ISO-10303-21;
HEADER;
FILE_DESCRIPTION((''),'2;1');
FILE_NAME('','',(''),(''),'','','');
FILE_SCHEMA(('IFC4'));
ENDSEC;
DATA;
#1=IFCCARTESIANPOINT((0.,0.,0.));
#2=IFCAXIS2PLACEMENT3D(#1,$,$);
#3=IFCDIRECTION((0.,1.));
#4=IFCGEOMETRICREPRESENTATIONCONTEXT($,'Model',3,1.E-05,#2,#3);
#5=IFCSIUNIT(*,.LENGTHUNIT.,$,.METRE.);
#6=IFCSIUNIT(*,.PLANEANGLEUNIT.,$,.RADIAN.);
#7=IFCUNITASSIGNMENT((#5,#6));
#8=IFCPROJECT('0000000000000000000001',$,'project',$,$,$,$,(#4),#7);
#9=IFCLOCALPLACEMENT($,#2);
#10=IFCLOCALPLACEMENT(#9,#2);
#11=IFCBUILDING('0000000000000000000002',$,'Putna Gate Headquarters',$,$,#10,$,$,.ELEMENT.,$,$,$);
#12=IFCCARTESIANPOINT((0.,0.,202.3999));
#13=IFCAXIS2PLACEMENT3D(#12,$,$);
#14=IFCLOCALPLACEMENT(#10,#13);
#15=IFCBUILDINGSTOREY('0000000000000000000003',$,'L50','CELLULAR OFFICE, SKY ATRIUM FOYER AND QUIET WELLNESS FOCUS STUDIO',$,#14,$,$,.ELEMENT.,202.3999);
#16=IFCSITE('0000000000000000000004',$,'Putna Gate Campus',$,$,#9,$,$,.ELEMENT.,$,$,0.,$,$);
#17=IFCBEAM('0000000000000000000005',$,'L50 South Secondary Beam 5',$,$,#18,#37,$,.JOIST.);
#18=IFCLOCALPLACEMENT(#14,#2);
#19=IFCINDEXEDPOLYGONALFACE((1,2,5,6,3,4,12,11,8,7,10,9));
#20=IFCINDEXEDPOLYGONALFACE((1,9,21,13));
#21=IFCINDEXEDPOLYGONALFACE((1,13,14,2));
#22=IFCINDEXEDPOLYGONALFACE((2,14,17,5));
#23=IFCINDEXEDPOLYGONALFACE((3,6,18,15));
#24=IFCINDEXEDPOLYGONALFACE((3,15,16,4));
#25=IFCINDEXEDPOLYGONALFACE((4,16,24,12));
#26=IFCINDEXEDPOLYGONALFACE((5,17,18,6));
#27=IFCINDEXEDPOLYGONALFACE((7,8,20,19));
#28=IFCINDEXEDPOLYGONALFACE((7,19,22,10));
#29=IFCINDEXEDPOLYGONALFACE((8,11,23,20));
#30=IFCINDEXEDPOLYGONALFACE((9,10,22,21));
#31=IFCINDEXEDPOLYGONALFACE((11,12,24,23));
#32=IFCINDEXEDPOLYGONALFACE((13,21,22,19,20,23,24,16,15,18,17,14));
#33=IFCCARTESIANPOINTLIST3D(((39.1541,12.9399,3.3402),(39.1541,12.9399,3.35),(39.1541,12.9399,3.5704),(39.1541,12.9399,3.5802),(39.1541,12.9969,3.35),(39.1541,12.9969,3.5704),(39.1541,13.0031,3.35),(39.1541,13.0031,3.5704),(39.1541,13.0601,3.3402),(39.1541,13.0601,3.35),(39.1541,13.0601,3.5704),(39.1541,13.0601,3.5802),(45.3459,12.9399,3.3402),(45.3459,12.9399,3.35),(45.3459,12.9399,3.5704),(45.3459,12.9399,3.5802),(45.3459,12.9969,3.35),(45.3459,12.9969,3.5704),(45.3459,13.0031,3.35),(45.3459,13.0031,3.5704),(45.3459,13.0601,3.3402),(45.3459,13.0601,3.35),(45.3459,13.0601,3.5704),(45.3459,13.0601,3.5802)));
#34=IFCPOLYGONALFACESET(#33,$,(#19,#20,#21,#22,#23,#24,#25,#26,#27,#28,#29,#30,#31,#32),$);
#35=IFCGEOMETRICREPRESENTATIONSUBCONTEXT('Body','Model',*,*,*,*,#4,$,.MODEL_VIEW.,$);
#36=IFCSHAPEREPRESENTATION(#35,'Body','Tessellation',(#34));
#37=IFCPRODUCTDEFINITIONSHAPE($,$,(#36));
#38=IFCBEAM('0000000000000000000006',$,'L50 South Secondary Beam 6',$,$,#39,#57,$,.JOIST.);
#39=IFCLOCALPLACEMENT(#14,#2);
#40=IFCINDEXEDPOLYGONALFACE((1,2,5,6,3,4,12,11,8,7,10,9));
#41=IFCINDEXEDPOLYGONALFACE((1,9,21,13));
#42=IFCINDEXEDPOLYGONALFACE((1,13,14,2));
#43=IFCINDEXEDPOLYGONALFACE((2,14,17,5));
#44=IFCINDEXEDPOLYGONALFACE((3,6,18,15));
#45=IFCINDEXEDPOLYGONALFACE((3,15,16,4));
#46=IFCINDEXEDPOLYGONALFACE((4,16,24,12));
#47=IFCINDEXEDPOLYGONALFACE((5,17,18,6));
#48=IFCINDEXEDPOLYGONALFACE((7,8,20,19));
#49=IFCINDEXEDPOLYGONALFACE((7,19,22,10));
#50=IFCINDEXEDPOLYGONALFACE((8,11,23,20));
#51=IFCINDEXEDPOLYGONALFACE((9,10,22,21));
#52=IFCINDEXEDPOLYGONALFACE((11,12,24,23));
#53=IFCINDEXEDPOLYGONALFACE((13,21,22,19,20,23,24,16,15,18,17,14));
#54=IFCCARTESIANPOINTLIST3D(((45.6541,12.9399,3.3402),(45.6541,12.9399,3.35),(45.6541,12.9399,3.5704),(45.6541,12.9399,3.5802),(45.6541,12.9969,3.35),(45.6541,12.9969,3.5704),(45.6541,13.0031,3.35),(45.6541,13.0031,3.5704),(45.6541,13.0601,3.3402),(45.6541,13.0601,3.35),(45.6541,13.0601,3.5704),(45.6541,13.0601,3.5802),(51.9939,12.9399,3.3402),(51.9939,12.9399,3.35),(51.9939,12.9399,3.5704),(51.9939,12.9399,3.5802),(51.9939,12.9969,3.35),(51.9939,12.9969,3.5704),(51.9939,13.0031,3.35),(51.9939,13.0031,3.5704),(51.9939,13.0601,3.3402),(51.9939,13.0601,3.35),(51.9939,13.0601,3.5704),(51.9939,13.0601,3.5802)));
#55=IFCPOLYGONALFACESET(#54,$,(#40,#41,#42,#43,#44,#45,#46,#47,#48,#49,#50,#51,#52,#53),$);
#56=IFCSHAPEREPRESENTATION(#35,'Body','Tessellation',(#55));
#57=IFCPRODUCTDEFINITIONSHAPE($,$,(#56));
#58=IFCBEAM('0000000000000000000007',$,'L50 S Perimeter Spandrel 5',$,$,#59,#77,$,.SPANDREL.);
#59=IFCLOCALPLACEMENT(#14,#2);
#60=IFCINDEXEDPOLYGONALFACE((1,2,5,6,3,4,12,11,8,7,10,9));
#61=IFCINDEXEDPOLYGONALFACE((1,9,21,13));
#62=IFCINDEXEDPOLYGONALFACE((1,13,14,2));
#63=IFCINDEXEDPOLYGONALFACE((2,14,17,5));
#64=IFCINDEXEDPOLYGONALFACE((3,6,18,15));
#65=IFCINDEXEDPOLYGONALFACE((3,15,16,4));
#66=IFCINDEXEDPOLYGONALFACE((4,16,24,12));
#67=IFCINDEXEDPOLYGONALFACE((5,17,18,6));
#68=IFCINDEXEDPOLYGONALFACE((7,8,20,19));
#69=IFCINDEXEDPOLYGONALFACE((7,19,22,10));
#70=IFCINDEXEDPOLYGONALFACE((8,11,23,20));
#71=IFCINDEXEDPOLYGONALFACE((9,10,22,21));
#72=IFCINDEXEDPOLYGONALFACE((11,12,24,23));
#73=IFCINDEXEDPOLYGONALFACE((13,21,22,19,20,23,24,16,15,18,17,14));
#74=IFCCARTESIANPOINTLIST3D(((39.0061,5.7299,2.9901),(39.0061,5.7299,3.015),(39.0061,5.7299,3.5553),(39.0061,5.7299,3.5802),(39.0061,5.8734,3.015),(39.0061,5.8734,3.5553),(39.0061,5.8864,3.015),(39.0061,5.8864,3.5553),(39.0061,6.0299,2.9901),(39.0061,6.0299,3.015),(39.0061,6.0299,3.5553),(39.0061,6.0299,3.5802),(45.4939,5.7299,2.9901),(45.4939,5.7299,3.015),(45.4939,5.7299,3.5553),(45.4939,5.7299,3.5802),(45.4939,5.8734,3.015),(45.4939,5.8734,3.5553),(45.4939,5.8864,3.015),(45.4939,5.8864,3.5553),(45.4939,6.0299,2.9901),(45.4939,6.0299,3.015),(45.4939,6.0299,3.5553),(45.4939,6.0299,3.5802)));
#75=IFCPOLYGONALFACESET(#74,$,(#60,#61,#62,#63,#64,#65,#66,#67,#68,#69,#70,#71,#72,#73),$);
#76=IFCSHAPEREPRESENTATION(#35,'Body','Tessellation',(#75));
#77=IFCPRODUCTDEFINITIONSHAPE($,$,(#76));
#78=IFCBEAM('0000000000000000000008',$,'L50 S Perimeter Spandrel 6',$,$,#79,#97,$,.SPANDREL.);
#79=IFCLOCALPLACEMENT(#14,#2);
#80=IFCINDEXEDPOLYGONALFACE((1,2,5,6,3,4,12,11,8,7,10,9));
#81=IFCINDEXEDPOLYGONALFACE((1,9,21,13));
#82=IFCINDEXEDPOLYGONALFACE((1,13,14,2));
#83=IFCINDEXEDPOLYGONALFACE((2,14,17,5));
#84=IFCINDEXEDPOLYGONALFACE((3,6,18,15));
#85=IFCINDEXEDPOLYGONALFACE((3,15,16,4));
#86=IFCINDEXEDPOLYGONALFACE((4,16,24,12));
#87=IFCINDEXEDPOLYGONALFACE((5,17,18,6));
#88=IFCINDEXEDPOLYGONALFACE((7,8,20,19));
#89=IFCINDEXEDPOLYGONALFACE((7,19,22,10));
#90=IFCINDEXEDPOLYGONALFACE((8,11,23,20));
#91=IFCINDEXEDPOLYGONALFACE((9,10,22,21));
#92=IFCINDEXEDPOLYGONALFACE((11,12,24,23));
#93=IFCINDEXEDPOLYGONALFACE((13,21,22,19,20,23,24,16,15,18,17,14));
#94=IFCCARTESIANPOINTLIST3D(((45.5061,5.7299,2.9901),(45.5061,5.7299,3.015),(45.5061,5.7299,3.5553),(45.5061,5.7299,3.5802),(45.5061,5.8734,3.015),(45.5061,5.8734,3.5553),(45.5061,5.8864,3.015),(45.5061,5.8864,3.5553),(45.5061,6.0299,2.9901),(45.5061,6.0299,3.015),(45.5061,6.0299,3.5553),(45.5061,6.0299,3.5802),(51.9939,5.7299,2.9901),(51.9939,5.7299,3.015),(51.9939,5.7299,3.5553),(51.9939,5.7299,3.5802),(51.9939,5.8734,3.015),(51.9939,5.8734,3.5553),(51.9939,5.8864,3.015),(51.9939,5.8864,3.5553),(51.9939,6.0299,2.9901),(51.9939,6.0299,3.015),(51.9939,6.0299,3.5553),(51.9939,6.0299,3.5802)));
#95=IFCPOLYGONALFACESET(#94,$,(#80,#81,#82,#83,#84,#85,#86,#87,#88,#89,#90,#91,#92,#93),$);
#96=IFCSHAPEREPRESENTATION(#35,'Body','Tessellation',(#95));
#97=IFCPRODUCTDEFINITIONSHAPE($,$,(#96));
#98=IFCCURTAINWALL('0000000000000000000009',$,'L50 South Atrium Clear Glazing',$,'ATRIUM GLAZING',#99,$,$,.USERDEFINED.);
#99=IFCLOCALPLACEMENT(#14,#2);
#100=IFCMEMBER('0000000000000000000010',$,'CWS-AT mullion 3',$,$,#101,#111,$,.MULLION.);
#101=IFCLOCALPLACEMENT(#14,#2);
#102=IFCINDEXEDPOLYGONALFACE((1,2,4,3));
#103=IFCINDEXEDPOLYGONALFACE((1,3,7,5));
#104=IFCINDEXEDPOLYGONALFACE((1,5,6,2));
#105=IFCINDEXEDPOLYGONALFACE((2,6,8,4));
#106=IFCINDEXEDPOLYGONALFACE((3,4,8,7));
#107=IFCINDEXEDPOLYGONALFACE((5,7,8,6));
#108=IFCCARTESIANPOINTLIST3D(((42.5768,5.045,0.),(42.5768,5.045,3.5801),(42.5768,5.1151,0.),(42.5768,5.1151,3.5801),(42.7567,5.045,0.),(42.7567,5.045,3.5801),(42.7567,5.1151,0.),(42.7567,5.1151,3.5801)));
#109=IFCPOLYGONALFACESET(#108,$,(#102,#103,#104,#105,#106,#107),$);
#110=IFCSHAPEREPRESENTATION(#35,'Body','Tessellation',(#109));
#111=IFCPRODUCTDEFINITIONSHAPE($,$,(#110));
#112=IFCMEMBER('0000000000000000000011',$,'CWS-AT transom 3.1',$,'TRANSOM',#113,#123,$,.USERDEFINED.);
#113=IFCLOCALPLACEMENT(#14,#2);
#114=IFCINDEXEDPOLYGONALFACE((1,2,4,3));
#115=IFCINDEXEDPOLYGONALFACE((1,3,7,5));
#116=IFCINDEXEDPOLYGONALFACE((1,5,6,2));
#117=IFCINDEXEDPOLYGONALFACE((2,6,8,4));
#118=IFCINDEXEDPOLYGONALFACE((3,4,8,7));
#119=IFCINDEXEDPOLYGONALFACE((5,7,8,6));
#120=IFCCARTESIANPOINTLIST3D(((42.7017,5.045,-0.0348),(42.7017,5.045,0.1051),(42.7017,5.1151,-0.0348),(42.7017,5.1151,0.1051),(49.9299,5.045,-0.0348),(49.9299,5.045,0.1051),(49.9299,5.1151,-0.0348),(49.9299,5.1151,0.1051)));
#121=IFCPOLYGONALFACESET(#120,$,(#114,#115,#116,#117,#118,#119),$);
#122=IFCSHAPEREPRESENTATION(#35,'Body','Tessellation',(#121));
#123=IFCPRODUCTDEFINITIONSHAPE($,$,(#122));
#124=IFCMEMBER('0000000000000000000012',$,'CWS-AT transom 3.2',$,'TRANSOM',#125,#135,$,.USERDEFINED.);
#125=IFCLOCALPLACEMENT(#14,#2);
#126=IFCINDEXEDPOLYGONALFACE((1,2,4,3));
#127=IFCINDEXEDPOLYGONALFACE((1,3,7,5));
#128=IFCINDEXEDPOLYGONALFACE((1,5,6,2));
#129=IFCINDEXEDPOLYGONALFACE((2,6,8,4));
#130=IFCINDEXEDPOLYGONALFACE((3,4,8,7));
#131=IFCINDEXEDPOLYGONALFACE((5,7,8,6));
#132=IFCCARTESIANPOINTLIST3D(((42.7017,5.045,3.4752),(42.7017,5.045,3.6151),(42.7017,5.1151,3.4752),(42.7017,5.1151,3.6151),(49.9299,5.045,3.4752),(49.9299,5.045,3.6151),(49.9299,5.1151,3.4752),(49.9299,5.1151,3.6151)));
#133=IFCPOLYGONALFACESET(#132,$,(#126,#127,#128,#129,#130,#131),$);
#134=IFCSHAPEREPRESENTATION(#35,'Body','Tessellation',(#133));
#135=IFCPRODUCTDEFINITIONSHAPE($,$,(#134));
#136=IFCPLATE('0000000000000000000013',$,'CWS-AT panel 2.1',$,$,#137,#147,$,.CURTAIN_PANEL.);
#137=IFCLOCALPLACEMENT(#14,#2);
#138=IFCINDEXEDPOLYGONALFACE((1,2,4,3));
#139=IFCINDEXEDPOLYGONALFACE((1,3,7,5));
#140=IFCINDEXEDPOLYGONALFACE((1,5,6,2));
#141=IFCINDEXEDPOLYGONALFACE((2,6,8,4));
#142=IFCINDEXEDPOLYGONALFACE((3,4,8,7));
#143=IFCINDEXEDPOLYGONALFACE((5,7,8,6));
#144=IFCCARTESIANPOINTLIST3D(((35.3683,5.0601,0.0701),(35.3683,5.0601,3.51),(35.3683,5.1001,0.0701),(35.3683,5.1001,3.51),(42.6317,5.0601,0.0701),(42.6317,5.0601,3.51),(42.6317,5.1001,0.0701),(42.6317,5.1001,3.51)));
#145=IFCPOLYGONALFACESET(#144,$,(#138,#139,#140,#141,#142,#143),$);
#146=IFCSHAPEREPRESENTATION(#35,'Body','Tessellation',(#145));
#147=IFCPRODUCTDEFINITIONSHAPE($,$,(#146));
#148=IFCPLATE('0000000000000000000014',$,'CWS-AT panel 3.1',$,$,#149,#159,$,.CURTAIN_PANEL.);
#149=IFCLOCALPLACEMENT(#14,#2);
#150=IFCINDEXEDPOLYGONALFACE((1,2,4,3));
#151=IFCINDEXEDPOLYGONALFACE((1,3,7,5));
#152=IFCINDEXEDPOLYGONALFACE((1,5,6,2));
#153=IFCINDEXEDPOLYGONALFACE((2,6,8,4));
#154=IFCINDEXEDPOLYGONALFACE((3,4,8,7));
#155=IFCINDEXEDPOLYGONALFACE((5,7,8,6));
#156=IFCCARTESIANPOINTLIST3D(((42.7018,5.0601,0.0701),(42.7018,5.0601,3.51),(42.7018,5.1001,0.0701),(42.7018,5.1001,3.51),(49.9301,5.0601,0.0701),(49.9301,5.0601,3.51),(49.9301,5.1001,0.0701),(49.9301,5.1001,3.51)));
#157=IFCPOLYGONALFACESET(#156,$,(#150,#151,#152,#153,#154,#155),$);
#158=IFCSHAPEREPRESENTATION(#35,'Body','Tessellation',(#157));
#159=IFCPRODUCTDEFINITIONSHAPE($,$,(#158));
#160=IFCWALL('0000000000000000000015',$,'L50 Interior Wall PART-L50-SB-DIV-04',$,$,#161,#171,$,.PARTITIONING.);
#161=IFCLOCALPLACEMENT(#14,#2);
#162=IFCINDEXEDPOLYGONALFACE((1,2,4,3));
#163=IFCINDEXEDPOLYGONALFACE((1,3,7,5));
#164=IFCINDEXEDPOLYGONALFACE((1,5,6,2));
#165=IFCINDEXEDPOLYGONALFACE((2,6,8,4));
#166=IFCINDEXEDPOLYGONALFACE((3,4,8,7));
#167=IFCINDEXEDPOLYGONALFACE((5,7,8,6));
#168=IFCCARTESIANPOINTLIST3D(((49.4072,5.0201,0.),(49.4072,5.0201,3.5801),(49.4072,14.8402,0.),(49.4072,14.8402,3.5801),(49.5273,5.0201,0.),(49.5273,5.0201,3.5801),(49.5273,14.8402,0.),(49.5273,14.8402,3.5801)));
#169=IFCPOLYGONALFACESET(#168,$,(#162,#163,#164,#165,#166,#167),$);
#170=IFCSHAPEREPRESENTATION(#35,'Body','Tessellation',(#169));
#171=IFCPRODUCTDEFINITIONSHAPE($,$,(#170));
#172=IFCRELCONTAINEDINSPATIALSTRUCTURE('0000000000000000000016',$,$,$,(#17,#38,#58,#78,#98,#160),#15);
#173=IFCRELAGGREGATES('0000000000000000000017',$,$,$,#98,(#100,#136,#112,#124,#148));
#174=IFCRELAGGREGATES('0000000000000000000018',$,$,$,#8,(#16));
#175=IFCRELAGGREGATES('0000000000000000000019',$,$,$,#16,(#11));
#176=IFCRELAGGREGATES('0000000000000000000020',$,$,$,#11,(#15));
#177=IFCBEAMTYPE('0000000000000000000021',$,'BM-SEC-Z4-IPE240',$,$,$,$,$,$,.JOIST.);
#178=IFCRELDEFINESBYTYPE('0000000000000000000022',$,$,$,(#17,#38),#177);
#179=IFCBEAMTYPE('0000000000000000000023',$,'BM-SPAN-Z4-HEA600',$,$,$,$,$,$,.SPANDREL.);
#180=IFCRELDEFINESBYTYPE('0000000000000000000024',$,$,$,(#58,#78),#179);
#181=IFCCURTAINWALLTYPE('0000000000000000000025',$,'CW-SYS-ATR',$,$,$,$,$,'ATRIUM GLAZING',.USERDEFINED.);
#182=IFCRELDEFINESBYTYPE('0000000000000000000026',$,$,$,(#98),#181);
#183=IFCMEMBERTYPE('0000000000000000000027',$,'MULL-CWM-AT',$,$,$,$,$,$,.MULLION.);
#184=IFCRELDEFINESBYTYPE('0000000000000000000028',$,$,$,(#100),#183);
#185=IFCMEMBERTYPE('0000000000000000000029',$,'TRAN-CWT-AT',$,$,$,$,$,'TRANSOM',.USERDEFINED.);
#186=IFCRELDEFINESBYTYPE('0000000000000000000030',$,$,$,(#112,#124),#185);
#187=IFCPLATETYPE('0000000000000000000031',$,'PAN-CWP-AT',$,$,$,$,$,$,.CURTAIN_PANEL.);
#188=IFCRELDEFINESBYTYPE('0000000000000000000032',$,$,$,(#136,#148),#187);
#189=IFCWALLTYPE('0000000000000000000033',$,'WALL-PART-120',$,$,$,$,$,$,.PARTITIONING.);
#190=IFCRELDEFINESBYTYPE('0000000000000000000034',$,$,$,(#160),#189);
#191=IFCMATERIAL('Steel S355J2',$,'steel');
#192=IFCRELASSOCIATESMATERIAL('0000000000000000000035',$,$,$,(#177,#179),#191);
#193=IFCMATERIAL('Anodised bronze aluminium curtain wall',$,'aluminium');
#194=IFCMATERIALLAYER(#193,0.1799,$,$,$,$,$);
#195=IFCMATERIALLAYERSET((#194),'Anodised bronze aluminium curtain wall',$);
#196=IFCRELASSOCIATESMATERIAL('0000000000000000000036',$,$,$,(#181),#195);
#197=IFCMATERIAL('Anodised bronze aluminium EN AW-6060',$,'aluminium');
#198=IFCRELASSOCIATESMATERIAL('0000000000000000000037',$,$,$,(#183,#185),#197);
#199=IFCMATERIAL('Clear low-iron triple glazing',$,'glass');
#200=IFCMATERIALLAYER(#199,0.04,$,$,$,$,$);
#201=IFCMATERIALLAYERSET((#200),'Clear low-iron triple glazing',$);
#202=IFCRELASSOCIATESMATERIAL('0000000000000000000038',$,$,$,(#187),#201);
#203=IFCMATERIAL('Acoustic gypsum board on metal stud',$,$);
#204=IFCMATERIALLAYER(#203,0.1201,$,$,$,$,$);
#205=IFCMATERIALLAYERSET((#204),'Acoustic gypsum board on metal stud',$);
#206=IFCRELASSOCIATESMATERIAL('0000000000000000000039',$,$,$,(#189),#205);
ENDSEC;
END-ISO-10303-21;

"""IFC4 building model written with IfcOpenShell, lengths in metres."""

from ifc_helpers import new_model, si_unit, direction, frame, frame_2d, origin, origin_2d, place, context, subcontext, project, spatial, rectangle, i_section, extrude, material, layer, layer_set, material_profile, profile_set, type_object, element, aggregate, save


model = new_model("IFC4")

# Units and contexts
model_context = context("Model", 3, precision=1e-05, world=origin(), true_north=direction((0.0, 1.0)))
body_context = subcontext(model_context, "Body", "Model", "MODEL_VIEW")
ifc_project = project(units=[si_unit("LENGTHUNIT", "METRE"), si_unit("PLANEANGLEUNIT", "RADIAN")], contexts=[model_context])

# Site, building, storey
site_placement = place(None, origin())
site = spatial("IfcSite", under=ifc_project, at=site_placement, Name="Putna Gate Campus", CompositionType="ELEMENT", RefElevation=0.0)
building_placement = place(site_placement, origin())
building = spatial("IfcBuilding", under=site, at=building_placement, Name="Putna Gate Headquarters", CompositionType="ELEMENT")
storey_placement = place(building_placement, frame((0.0, 0.0, 202.3999)))
storey = spatial("IfcBuildingStorey", under=building, at=storey_placement, Name="L50", Description="CELLULAR OFFICE, SKY ATRIUM FOYER AND QUIET WELLNESS FOCUS STUDIO", CompositionType="ELEMENT", Elevation=202.3999)

# Beams
ifc_material_1 = material(Name="Steel S355J2", Category="steel")
ifc_material_profile_1 = material_profile(ifc_material_1, i_section(OverallWidth=0.1201, OverallDepth=0.24, WebThickness=0.0061, FlangeThickness=0.0098, at=origin_2d()), Name="Steel S355J2")
ifc_profile_set_1 = profile_set([ifc_material_profile_1], Name="Steel S355J2")
beam_type_1 = type_object("IfcBeamType", Name="BM-SEC-Z4-IPE240", PredefinedType="JOIST", material=ifc_profile_set_1)
beam_1_placement = place(storey_placement, frame((39.1541, 13.0, 3.4602), z_axis=(1.0, 0.0, 0.0), x_axis=(0.0, 1.0, 0.0)))
element("IfcBeam", 1, at=beam_1_placement, inside=storey, type_object=beam_type_1, Name="L50 South Secondary Beam 5", PredefinedType="JOIST", context=body_context, shape_type="SweptSolid", body=[
    extrude(i_section(OverallWidth=0.1201, OverallDepth=0.24, WebThickness=0.0061, FlangeThickness=0.0098, at=origin_2d()), origin(), (0.0, 0.0, 1.0), 6.1919),
])
beam_2_placement = place(storey_placement, frame((45.6541, 13.0, 3.4602), z_axis=(1.0, 0.0, 0.0), x_axis=(0.0, 1.0, 0.0)))
element("IfcBeam", 2, at=beam_2_placement, inside=storey, type_object=beam_type_1, Name="L50 South Secondary Beam 6", PredefinedType="JOIST", context=body_context, shape_type="SweptSolid", body=[
    extrude(i_section(OverallWidth=0.1201, OverallDepth=0.24, WebThickness=0.0061, FlangeThickness=0.0098, at=origin_2d()), origin(), (0.0, 0.0, 1.0), 6.3398),
])
ifc_material_profile_2 = material_profile(ifc_material_1, i_section(OverallWidth=0.3, OverallDepth=0.5901, WebThickness=0.0129, FlangeThickness=0.0249, at=origin_2d()), Name="Steel S355J2")
ifc_profile_set_2 = profile_set([ifc_material_profile_2], Name="Steel S355J2")
beam_type_2 = type_object("IfcBeamType", Name="BM-SPAN-Z4-HEA600", PredefinedType="SPANDREL", material=ifc_profile_set_2)
for number, where, z_axis, x_axis, name in (
    (3, (39.0061, 5.8799, 3.2852), (1.0, 0.0, 0.0), (0.0, 1.0, 0.0), "L50 S Perimeter Spandrel 5"),
    (4, (45.5061, 5.8799, 3.2852), (1.0, 0.0, 0.0), (0.0, 1.0, 0.0), "L50 S Perimeter Spandrel 6"),
):
    element("IfcBeam", number, at=place(storey_placement, frame(where, z_axis=z_axis, x_axis=x_axis)), inside=storey, type_object=beam_type_2, Name=name, PredefinedType="SPANDREL", context=body_context, shape_type="SweptSolid", body=[
        extrude(i_section(OverallWidth=0.3, OverallDepth=0.5901, WebThickness=0.0129, FlangeThickness=0.0249, at=origin_2d()), origin(), (0.0, 0.0, 1.0), 6.4878),
    ])

# Curtain wall, members, plates
ifc_material_2 = material(Name="Anodised bronze aluminium curtain wall", Category="aluminium")
ifc_layer_1 = layer(ifc_material_2, 0.1799)
ifc_layer_set_1 = layer_set([ifc_layer_1], Name="Anodised bronze aluminium curtain wall")
curtain_wall_type = type_object("IfcCurtainWallType", Name="CW-SYS-ATR", ElementType="ATRIUM GLAZING", PredefinedType="USERDEFINED", material=ifc_layer_set_1)
curtain_wall_placement = place(storey_placement, origin())
curtain_wall = element("IfcCurtainWall", 5, at=curtain_wall_placement, inside=storey, type_object=curtain_wall_type, Name="L50 South Atrium Clear Glazing", ObjectType="ATRIUM GLAZING", PredefinedType="USERDEFINED")
ifc_material_3 = material(Name="Anodised bronze aluminium EN AW-6060", Category="aluminium")
ifc_material_profile_3 = material_profile(ifc_material_3, rectangle(XDim=0.0701, YDim=0.1799, at=origin_2d()), Name="Anodised bronze aluminium EN AW-6060")
ifc_profile_set_3 = profile_set([ifc_material_profile_3], Name="Anodised bronze aluminium EN AW-6060")
member_type_1 = type_object("IfcMemberType", Name="MULL-CWM-AT", PredefinedType="MULLION", material=ifc_profile_set_3)
member_1_placement = place(storey_placement, frame((42.6667, 5.0801, 0.0), z_axis=(0.0, 0.0, 1.0), x_axis=(0.0, 1.0, 0.0)))
member_1 = element("IfcMember", 6, at=member_1_placement, type_object=member_type_1, Name="CWS-AT mullion 3", PredefinedType="MULLION", context=body_context, shape_type="SweptSolid", body=[
    extrude(rectangle(XDim=0.0701, YDim=0.1799, at=origin_2d()), origin(), (0.0, 0.0, 1.0), 3.5801),
])
ifc_material_profile_4 = material_profile(ifc_material_3, rectangle(XDim=0.0701, YDim=0.1399, at=origin_2d()), Name="Anodised bronze aluminium EN AW-6060")
ifc_profile_set_4 = profile_set([ifc_material_profile_4], Name="Anodised bronze aluminium EN AW-6060")
member_type_2 = type_object("IfcMemberType", Name="TRAN-CWT-AT", ElementType="TRANSOM", PredefinedType="USERDEFINED", material=ifc_profile_set_4)
member_2_placement = place(storey_placement, frame((42.7017, 5.0801, 0.0352), z_axis=(1.0, 0.0, 0.0), x_axis=(0.0, 1.0, 0.0)))
member_2 = element("IfcMember", 7, at=member_2_placement, type_object=member_type_2, Name="CWS-AT transom 3.1", ObjectType="TRANSOM", PredefinedType="USERDEFINED", context=body_context, shape_type="SweptSolid", body=[
    extrude(rectangle(XDim=0.0701, YDim=0.1399, at=origin_2d()), origin(), (0.0, 0.0, 1.0), 7.2283),
])
member_3_placement = place(storey_placement, frame((42.7017, 5.0801, 3.5452), z_axis=(1.0, 0.0, 0.0), x_axis=(0.0, 1.0, 0.0)))
member_3 = element("IfcMember", 8, at=member_3_placement, type_object=member_type_2, Name="CWS-AT transom 3.2", ObjectType="TRANSOM", PredefinedType="USERDEFINED", context=body_context, shape_type="SweptSolid", body=[
    extrude(rectangle(XDim=0.0701, YDim=0.1399, at=origin_2d()), origin(), (0.0, 0.0, 1.0), 7.2283),
])
ifc_material_4 = material(Name="Clear low-iron triple glazing", Category="glass")
ifc_layer_2 = layer(ifc_material_4, 0.04)
ifc_layer_set_2 = layer_set([ifc_layer_2], Name="Clear low-iron triple glazing")
plate_type = type_object("IfcPlateType", Name="PAN-CWP-AT", PredefinedType="CURTAIN_PANEL", material=ifc_layer_set_2)
plate_1_placement = place(storey_placement, frame((39.0, 5.0801, 0.0701), z_axis=(0.0, 0.0, 1.0), x_axis=(1.0, 0.0, 0.0)))
plate_1 = element("IfcPlate", 9, at=plate_1_placement, type_object=plate_type, Name="CWS-AT panel 2.1", PredefinedType="CURTAIN_PANEL", context=body_context, shape_type="SweptSolid", body=[
    extrude(rectangle(XDim=7.2634, YDim=0.04, at=origin_2d()), origin(), (0.0, 0.0, 1.0), 3.4399),
])
plate_2_placement = place(storey_placement, frame((46.3159, 5.0801, 0.0701), z_axis=(0.0, 0.0, 1.0), x_axis=(1.0, 0.0, 0.0)))
plate_2 = element("IfcPlate", 10, at=plate_2_placement, type_object=plate_type, Name="CWS-AT panel 3.1", PredefinedType="CURTAIN_PANEL", context=body_context, shape_type="SweptSolid", body=[
    extrude(rectangle(XDim=7.2283, YDim=0.04, at=origin_2d()), origin(), (0.0, 0.0, 1.0), 3.4399),
])
aggregate(curtain_wall, [member_1, plate_1, member_2, member_3, plate_2])

# Wall
ifc_material_5 = material(Name="Acoustic gypsum board on metal stud")
ifc_layer_3 = layer(ifc_material_5, 0.1201)
ifc_layer_set_3 = layer_set([ifc_layer_3], Name="Acoustic gypsum board on metal stud")
wall_type_1 = type_object("IfcWallType", Name="WALL-PART-120", PredefinedType="PARTITIONING", material=ifc_layer_set_3)
wall_1_placement = place(storey_placement, frame((49.4673, 5.02, 0.0), z_axis=(0.0, 0.0, 1.0), x_axis=(0.0, 1.0, 0.0)))
element("IfcWall", 11, at=wall_1_placement, inside=storey, type_object=wall_type_1, Name="L50 Interior Wall PART-L50-SB-DIV-04", PredefinedType="PARTITIONING", context=body_context, shape_type="SweptSolid", body=[
    extrude(rectangle(XDim=9.8201, YDim=0.1201, at=frame_2d((4.9102, 0.0))), origin(), (0.0, 0.0, 1.0), 3.5801),
])

save(model, "model.ifc")
